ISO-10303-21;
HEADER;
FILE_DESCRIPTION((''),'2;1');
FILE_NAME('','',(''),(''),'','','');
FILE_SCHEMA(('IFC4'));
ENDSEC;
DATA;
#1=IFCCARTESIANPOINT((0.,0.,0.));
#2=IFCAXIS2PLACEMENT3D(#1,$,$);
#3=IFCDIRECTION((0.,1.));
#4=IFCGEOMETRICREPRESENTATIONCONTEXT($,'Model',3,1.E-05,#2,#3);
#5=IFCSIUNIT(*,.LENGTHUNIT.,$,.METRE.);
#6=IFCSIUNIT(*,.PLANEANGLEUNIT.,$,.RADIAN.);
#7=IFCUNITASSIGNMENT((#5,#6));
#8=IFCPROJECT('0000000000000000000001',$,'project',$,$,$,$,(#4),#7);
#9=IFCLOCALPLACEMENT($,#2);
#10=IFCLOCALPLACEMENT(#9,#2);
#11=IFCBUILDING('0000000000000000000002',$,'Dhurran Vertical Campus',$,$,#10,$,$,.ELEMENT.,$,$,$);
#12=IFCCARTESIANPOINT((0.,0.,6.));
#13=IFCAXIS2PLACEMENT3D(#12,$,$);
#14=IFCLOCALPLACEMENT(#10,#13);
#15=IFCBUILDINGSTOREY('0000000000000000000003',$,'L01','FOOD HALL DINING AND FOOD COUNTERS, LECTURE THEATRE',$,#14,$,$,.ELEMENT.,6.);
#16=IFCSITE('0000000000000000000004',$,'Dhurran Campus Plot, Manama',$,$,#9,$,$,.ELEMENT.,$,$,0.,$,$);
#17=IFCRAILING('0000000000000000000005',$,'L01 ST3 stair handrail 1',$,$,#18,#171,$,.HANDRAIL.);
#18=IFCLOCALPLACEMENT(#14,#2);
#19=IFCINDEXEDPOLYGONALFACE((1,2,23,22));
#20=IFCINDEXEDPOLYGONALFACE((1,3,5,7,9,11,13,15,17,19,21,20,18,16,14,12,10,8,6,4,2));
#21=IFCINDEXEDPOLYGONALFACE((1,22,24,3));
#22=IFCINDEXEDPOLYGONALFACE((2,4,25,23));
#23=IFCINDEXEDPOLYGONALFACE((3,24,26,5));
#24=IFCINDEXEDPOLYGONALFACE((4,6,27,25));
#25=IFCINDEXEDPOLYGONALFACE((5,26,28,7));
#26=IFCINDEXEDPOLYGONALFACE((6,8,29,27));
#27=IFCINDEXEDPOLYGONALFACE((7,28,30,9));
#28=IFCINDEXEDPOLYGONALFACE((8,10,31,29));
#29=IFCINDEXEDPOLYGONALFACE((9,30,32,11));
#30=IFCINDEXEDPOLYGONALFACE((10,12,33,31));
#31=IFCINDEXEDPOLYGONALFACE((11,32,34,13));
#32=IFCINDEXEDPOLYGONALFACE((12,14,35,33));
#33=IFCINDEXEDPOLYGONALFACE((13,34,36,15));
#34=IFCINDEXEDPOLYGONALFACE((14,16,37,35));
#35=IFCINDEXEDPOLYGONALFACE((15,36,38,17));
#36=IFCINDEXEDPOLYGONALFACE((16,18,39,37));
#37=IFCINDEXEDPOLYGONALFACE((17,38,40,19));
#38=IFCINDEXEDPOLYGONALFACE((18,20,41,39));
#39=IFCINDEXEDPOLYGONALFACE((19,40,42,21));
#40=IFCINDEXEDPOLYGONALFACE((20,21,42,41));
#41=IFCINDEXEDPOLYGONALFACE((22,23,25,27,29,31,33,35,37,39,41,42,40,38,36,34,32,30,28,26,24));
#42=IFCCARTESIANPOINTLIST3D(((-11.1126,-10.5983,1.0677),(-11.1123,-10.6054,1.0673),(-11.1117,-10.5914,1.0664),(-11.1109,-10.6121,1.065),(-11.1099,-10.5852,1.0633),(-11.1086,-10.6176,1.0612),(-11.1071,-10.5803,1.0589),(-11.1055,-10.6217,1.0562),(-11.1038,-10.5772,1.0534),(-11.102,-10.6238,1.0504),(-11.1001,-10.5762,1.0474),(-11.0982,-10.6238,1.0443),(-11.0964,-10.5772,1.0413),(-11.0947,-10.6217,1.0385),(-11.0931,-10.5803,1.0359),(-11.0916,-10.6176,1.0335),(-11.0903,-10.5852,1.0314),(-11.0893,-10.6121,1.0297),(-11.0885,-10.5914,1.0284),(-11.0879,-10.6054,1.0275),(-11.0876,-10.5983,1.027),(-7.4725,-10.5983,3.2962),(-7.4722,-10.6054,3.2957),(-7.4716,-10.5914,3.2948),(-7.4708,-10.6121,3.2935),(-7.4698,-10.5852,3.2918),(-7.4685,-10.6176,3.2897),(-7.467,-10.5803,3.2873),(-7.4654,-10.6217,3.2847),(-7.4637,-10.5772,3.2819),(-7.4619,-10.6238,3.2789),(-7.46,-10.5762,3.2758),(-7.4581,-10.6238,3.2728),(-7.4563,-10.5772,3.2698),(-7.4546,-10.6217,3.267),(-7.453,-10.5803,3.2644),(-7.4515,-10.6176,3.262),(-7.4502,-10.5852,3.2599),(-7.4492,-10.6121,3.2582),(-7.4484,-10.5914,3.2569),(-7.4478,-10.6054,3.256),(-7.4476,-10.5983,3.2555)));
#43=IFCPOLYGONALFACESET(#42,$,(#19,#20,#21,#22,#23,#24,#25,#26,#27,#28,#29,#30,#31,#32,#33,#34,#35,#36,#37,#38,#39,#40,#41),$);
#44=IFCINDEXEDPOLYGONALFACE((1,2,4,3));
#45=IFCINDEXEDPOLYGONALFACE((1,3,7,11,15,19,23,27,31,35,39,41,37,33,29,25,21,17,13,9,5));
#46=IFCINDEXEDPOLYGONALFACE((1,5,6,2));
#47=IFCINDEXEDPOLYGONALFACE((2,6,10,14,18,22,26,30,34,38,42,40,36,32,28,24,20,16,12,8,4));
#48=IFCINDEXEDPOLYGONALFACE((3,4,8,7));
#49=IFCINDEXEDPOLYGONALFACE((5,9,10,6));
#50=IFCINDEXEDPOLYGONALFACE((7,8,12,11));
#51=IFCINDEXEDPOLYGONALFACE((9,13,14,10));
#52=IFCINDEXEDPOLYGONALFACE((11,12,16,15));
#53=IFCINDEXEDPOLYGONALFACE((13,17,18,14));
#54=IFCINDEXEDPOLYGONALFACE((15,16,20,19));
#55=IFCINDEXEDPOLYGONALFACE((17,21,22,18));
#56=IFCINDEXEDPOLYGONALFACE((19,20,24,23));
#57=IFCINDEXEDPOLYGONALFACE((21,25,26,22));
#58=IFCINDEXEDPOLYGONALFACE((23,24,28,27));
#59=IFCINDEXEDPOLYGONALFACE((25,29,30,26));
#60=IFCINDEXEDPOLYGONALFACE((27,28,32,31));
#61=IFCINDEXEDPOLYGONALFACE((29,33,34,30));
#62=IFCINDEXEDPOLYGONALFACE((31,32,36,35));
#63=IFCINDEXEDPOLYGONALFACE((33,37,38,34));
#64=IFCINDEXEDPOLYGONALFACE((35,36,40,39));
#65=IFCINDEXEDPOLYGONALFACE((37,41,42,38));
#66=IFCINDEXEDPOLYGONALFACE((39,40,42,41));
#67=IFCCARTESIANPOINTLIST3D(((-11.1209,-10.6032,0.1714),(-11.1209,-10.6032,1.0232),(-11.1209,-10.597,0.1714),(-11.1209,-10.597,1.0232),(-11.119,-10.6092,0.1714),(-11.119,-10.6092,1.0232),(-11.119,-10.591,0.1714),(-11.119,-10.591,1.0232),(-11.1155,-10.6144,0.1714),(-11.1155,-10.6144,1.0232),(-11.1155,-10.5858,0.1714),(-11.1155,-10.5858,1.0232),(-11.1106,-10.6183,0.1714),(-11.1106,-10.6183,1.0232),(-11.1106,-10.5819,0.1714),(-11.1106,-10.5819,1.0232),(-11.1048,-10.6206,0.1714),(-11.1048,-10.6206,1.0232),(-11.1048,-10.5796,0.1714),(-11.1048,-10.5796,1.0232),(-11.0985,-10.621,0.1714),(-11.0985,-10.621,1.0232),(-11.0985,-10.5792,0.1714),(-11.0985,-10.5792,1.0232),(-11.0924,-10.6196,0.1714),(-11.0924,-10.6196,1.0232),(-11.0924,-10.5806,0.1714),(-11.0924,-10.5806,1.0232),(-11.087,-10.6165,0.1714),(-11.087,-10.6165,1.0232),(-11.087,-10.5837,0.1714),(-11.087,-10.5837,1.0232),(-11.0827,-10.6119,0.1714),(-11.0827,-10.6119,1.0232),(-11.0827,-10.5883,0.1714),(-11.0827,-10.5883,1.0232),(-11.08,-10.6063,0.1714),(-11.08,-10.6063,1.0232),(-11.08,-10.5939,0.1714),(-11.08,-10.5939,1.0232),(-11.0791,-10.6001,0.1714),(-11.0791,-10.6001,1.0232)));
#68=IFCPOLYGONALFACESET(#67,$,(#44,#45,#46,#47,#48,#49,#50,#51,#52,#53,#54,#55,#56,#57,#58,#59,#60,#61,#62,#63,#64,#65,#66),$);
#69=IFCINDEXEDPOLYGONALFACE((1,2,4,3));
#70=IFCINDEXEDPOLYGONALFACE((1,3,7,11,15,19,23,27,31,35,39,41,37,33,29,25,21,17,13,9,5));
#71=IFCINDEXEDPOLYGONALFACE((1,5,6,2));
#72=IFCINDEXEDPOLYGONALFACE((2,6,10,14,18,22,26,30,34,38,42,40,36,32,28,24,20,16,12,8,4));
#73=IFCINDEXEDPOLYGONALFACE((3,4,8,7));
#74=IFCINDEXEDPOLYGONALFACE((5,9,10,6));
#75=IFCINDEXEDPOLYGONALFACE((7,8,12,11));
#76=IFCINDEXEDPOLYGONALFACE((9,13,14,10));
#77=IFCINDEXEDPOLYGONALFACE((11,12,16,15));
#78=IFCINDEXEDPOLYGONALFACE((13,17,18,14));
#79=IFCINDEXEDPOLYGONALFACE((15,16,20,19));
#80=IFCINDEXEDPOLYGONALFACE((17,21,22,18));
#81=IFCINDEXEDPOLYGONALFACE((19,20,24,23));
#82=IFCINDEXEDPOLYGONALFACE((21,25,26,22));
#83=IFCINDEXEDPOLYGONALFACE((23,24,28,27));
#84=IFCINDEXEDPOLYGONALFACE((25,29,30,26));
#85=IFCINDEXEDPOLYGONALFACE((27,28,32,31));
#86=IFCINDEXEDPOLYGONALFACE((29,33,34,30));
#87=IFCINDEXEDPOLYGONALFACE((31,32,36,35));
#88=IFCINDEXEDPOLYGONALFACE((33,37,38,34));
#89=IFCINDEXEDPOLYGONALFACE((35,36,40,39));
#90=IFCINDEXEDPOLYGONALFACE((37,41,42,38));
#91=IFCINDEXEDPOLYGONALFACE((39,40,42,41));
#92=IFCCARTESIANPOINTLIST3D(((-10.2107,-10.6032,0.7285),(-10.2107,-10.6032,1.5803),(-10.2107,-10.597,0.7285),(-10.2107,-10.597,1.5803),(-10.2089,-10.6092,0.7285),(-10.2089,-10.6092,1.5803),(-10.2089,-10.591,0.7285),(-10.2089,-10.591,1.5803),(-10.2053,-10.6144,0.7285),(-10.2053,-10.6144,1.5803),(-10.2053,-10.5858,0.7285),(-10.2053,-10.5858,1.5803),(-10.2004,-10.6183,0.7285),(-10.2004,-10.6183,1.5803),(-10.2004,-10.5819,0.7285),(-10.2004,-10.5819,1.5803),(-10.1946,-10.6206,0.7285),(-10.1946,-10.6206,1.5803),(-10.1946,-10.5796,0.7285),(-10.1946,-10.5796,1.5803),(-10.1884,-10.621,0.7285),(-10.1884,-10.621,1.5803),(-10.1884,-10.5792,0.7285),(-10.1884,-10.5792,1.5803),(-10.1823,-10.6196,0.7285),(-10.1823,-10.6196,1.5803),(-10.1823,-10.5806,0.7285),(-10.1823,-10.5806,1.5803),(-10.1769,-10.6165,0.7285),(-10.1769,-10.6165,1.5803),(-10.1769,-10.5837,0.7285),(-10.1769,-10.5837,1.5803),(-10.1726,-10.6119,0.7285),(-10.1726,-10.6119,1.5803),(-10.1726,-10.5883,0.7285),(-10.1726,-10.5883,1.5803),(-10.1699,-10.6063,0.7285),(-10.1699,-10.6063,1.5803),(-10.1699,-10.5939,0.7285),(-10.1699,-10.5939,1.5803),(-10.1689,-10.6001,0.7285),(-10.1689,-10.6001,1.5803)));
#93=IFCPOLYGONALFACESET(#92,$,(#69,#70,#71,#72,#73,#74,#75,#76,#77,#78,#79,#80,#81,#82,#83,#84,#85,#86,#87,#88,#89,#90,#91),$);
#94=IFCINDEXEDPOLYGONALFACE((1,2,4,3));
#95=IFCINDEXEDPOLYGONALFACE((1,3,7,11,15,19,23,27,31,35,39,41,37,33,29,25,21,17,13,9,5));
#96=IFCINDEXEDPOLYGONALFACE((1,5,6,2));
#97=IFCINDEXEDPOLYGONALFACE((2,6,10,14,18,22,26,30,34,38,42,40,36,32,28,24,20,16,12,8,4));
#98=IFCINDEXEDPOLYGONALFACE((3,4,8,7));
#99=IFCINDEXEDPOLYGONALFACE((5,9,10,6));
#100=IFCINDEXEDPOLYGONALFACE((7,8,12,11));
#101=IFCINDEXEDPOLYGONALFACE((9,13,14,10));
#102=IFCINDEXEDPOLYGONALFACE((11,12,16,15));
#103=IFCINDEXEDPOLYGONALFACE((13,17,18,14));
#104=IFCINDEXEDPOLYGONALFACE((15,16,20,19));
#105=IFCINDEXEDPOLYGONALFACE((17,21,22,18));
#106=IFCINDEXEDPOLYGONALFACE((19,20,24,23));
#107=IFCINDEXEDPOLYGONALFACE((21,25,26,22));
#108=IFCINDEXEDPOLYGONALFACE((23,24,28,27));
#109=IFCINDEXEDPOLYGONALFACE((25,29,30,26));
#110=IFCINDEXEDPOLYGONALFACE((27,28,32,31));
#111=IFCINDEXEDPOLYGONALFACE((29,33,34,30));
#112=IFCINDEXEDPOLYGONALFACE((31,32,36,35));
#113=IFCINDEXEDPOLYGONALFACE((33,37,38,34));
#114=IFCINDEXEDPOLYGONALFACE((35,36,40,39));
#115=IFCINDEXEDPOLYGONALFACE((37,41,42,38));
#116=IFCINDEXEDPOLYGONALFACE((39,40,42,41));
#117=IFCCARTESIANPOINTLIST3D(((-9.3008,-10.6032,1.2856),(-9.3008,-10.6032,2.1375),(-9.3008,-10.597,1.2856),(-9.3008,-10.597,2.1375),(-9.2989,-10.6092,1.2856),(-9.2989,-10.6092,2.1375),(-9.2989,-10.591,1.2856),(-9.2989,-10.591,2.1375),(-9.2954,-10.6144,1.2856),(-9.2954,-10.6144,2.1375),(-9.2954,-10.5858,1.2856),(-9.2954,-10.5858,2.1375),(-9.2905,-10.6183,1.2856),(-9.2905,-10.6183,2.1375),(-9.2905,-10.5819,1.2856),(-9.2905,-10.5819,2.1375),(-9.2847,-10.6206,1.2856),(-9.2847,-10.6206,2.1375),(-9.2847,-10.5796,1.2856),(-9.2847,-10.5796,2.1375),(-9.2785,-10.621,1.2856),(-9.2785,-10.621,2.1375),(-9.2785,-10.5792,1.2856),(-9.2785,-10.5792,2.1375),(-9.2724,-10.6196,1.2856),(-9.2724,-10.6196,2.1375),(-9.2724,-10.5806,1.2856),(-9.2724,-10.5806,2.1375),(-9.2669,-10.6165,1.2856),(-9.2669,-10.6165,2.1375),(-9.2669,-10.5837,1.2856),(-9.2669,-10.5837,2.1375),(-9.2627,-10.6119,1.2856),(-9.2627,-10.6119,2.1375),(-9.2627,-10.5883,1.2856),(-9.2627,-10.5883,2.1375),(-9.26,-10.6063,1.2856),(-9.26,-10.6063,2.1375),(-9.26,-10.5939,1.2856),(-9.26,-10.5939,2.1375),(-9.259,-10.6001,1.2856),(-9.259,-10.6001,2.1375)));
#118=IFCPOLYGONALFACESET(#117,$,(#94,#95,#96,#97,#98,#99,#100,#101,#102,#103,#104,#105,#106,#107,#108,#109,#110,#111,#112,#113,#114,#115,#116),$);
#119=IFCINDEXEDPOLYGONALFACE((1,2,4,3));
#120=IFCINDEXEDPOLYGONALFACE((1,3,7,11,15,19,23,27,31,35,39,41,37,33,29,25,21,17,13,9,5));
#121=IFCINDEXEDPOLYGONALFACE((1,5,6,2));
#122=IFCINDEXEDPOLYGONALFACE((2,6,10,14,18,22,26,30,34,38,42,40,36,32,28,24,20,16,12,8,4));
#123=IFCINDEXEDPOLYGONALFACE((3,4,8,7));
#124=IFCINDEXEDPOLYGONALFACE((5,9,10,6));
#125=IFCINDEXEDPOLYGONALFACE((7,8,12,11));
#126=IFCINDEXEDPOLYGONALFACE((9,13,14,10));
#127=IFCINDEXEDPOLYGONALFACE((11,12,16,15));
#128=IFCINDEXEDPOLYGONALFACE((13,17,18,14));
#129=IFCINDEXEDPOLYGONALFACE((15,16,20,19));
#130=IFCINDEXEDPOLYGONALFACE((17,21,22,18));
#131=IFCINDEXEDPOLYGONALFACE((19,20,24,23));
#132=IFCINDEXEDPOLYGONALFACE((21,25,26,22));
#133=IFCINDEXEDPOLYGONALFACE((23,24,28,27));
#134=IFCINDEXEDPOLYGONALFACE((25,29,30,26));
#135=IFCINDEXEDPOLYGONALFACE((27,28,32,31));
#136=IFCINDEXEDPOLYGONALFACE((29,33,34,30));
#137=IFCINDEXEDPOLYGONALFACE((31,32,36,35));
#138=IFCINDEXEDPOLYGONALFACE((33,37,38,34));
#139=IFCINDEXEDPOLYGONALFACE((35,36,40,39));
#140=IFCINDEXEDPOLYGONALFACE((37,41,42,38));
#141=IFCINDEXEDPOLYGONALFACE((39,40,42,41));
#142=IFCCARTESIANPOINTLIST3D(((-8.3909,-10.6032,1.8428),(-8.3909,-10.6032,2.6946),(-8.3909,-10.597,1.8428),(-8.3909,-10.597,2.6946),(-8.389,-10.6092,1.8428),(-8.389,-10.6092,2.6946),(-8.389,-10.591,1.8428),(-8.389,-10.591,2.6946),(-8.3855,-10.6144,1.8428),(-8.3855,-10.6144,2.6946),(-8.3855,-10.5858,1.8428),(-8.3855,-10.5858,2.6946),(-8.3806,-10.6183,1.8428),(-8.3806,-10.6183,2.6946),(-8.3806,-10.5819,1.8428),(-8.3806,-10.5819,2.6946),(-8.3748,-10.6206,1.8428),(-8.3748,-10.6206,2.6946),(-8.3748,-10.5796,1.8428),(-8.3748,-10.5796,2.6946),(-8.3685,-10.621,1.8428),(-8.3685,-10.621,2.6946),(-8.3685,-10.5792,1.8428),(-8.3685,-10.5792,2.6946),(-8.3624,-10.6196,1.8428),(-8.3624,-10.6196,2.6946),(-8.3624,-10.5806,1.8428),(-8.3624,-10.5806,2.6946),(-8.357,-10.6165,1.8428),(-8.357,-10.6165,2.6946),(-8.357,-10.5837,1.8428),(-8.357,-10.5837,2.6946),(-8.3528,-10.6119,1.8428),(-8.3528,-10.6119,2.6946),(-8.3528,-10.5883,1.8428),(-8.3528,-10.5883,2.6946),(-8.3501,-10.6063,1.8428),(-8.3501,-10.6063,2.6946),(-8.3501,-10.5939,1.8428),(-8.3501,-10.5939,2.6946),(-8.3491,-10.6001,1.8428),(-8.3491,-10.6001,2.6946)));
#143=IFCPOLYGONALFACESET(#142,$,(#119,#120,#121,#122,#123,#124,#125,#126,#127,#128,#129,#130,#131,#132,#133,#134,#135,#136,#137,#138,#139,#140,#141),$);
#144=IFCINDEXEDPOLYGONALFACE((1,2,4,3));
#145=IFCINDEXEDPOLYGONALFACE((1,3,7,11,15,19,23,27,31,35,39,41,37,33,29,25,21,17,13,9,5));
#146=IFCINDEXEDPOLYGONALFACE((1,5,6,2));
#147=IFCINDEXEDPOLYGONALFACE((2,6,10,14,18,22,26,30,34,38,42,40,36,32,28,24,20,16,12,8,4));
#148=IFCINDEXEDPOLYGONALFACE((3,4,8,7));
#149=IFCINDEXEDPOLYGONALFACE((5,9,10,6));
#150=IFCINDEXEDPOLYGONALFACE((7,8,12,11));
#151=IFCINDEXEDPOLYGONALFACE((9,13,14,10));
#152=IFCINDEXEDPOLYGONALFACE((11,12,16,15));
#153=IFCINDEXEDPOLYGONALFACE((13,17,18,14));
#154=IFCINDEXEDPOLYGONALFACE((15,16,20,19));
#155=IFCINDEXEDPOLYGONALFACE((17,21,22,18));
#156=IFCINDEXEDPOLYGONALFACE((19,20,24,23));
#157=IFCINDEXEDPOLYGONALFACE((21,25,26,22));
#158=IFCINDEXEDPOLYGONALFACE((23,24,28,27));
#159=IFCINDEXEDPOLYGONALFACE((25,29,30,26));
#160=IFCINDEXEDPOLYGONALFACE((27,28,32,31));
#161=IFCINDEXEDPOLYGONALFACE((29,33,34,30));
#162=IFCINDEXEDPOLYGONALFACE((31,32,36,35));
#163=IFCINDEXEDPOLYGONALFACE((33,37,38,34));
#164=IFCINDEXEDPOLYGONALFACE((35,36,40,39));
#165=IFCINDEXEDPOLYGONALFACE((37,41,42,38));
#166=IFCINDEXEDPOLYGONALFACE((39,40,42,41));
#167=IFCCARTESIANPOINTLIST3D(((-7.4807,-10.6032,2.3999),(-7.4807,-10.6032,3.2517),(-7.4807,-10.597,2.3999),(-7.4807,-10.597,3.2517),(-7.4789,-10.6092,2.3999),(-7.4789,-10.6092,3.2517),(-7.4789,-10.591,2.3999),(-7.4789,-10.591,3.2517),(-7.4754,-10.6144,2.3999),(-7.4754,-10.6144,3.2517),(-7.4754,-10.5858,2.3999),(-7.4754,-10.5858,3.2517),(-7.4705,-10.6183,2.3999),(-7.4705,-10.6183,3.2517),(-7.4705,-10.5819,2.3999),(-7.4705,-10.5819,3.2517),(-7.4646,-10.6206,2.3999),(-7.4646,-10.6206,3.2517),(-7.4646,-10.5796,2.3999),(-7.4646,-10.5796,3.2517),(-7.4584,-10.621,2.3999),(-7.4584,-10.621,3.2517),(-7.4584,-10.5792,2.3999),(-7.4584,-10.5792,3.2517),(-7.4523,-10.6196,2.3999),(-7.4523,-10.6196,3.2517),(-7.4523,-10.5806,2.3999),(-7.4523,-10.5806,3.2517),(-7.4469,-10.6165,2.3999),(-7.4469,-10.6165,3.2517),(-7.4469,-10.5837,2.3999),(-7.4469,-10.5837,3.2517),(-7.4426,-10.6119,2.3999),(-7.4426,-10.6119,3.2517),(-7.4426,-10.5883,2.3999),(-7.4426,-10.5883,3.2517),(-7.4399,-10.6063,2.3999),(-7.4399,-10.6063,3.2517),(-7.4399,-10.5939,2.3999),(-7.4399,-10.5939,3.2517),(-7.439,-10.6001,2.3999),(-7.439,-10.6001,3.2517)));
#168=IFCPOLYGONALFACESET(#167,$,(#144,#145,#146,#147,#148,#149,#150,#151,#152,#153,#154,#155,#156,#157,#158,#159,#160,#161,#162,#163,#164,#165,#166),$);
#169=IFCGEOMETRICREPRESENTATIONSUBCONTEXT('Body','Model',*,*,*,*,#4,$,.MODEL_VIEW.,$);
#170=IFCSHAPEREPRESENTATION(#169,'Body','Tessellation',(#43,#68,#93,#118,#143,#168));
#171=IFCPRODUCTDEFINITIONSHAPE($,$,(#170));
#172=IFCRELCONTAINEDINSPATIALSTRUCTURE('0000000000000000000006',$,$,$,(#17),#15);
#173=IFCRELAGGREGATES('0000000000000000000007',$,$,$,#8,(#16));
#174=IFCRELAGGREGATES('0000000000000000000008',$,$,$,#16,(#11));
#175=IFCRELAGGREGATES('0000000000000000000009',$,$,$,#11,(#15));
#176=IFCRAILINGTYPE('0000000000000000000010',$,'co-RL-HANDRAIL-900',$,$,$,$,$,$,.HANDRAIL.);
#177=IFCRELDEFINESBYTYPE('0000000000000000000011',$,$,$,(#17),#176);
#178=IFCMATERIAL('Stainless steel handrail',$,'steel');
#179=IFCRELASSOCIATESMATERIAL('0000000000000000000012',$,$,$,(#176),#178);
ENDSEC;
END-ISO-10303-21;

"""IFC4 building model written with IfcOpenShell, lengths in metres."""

from ifc_helpers import new_model, si_unit, direction, frame, origin, origin_2d, place, context, subcontext, project, spatial, circle, extrude, material, type_object, element, save


model = new_model("IFC4")

# Units and contexts
model_context = context("Model", 3, precision=1e-05, world=origin(), true_north=direction((0.0, 1.0)))
body_context = subcontext(model_context, "Body", "Model", "MODEL_VIEW")
ifc_project = project(units=[si_unit("LENGTHUNIT", "METRE"), si_unit("PLANEANGLEUNIT", "RADIAN")], contexts=[model_context])

# Site, building, storey
site_placement = place(None, origin())
site = spatial("IfcSite", under=ifc_project, at=site_placement, Name="Dhurran Campus Plot, Manama", CompositionType="ELEMENT", RefElevation=0.0)
building_placement = place(site_placement, origin())
building = spatial("IfcBuilding", under=site, at=building_placement, Name="Dhurran Vertical Campus", CompositionType="ELEMENT")
storey_placement = place(building_placement, frame((0.0, 0.0, 6.0)))
storey = spatial("IfcBuildingStorey", under=building, at=storey_placement, Name="L01", Description="FOOD HALL DINING AND FOOD COUNTERS, LECTURE THEATRE", CompositionType="ELEMENT", Elevation=6.0)

# Railing
ifc_material_1 = material(Name="Stainless steel handrail", Category="steel")
railing_type_1 = type_object("IfcRailingType", Name="co-RL-HANDRAIL-900", PredefinedType="HANDRAIL", material=ifc_material_1)
railing_1_placement = place(storey_placement, frame((-11.1001, -10.6001, 0.1714)))
element("IfcRailing", 1, at=railing_1_placement, inside=storey, type_object=railing_type_1, Name="L01 ST3 stair handrail 1", PredefinedType="HANDRAIL", context=body_context, shape_type="SweptSolid", body=[
    extrude(circle(Radius=0.0239, at=origin_2d()), frame((0.0, 0.0, 0.876), z_axis=(0.852866, 0.0, 0.52213), x_axis=(0.0, 1.0, 0.0)), (0.0, 0.0, 1.0), 4.2681),
    extrude(circle(Radius=0.021, at=origin_2d()), origin(), (0.0, 0.0, 1.0), 0.8518),
    extrude(circle(Radius=0.021, at=origin_2d()), frame((0.9102, 0.0, 0.5571)), (0.0, 0.0, 1.0), 0.8518),
    extrude(circle(Radius=0.021, at=origin_2d()), frame((1.8201, 0.0, 1.1143)), (0.0, 0.0, 1.0), 0.8518),
    extrude(circle(Radius=0.021, at=origin_2d()), frame((2.73, 0.0, 1.6714)), (0.0, 0.0, 1.0), 0.8518),
    extrude(circle(Radius=0.021, at=origin_2d()), frame((3.6401, 0.0, 2.2285)), (0.0, 0.0, 1.0), 0.8518),
])

save(model, "model.ifc")
